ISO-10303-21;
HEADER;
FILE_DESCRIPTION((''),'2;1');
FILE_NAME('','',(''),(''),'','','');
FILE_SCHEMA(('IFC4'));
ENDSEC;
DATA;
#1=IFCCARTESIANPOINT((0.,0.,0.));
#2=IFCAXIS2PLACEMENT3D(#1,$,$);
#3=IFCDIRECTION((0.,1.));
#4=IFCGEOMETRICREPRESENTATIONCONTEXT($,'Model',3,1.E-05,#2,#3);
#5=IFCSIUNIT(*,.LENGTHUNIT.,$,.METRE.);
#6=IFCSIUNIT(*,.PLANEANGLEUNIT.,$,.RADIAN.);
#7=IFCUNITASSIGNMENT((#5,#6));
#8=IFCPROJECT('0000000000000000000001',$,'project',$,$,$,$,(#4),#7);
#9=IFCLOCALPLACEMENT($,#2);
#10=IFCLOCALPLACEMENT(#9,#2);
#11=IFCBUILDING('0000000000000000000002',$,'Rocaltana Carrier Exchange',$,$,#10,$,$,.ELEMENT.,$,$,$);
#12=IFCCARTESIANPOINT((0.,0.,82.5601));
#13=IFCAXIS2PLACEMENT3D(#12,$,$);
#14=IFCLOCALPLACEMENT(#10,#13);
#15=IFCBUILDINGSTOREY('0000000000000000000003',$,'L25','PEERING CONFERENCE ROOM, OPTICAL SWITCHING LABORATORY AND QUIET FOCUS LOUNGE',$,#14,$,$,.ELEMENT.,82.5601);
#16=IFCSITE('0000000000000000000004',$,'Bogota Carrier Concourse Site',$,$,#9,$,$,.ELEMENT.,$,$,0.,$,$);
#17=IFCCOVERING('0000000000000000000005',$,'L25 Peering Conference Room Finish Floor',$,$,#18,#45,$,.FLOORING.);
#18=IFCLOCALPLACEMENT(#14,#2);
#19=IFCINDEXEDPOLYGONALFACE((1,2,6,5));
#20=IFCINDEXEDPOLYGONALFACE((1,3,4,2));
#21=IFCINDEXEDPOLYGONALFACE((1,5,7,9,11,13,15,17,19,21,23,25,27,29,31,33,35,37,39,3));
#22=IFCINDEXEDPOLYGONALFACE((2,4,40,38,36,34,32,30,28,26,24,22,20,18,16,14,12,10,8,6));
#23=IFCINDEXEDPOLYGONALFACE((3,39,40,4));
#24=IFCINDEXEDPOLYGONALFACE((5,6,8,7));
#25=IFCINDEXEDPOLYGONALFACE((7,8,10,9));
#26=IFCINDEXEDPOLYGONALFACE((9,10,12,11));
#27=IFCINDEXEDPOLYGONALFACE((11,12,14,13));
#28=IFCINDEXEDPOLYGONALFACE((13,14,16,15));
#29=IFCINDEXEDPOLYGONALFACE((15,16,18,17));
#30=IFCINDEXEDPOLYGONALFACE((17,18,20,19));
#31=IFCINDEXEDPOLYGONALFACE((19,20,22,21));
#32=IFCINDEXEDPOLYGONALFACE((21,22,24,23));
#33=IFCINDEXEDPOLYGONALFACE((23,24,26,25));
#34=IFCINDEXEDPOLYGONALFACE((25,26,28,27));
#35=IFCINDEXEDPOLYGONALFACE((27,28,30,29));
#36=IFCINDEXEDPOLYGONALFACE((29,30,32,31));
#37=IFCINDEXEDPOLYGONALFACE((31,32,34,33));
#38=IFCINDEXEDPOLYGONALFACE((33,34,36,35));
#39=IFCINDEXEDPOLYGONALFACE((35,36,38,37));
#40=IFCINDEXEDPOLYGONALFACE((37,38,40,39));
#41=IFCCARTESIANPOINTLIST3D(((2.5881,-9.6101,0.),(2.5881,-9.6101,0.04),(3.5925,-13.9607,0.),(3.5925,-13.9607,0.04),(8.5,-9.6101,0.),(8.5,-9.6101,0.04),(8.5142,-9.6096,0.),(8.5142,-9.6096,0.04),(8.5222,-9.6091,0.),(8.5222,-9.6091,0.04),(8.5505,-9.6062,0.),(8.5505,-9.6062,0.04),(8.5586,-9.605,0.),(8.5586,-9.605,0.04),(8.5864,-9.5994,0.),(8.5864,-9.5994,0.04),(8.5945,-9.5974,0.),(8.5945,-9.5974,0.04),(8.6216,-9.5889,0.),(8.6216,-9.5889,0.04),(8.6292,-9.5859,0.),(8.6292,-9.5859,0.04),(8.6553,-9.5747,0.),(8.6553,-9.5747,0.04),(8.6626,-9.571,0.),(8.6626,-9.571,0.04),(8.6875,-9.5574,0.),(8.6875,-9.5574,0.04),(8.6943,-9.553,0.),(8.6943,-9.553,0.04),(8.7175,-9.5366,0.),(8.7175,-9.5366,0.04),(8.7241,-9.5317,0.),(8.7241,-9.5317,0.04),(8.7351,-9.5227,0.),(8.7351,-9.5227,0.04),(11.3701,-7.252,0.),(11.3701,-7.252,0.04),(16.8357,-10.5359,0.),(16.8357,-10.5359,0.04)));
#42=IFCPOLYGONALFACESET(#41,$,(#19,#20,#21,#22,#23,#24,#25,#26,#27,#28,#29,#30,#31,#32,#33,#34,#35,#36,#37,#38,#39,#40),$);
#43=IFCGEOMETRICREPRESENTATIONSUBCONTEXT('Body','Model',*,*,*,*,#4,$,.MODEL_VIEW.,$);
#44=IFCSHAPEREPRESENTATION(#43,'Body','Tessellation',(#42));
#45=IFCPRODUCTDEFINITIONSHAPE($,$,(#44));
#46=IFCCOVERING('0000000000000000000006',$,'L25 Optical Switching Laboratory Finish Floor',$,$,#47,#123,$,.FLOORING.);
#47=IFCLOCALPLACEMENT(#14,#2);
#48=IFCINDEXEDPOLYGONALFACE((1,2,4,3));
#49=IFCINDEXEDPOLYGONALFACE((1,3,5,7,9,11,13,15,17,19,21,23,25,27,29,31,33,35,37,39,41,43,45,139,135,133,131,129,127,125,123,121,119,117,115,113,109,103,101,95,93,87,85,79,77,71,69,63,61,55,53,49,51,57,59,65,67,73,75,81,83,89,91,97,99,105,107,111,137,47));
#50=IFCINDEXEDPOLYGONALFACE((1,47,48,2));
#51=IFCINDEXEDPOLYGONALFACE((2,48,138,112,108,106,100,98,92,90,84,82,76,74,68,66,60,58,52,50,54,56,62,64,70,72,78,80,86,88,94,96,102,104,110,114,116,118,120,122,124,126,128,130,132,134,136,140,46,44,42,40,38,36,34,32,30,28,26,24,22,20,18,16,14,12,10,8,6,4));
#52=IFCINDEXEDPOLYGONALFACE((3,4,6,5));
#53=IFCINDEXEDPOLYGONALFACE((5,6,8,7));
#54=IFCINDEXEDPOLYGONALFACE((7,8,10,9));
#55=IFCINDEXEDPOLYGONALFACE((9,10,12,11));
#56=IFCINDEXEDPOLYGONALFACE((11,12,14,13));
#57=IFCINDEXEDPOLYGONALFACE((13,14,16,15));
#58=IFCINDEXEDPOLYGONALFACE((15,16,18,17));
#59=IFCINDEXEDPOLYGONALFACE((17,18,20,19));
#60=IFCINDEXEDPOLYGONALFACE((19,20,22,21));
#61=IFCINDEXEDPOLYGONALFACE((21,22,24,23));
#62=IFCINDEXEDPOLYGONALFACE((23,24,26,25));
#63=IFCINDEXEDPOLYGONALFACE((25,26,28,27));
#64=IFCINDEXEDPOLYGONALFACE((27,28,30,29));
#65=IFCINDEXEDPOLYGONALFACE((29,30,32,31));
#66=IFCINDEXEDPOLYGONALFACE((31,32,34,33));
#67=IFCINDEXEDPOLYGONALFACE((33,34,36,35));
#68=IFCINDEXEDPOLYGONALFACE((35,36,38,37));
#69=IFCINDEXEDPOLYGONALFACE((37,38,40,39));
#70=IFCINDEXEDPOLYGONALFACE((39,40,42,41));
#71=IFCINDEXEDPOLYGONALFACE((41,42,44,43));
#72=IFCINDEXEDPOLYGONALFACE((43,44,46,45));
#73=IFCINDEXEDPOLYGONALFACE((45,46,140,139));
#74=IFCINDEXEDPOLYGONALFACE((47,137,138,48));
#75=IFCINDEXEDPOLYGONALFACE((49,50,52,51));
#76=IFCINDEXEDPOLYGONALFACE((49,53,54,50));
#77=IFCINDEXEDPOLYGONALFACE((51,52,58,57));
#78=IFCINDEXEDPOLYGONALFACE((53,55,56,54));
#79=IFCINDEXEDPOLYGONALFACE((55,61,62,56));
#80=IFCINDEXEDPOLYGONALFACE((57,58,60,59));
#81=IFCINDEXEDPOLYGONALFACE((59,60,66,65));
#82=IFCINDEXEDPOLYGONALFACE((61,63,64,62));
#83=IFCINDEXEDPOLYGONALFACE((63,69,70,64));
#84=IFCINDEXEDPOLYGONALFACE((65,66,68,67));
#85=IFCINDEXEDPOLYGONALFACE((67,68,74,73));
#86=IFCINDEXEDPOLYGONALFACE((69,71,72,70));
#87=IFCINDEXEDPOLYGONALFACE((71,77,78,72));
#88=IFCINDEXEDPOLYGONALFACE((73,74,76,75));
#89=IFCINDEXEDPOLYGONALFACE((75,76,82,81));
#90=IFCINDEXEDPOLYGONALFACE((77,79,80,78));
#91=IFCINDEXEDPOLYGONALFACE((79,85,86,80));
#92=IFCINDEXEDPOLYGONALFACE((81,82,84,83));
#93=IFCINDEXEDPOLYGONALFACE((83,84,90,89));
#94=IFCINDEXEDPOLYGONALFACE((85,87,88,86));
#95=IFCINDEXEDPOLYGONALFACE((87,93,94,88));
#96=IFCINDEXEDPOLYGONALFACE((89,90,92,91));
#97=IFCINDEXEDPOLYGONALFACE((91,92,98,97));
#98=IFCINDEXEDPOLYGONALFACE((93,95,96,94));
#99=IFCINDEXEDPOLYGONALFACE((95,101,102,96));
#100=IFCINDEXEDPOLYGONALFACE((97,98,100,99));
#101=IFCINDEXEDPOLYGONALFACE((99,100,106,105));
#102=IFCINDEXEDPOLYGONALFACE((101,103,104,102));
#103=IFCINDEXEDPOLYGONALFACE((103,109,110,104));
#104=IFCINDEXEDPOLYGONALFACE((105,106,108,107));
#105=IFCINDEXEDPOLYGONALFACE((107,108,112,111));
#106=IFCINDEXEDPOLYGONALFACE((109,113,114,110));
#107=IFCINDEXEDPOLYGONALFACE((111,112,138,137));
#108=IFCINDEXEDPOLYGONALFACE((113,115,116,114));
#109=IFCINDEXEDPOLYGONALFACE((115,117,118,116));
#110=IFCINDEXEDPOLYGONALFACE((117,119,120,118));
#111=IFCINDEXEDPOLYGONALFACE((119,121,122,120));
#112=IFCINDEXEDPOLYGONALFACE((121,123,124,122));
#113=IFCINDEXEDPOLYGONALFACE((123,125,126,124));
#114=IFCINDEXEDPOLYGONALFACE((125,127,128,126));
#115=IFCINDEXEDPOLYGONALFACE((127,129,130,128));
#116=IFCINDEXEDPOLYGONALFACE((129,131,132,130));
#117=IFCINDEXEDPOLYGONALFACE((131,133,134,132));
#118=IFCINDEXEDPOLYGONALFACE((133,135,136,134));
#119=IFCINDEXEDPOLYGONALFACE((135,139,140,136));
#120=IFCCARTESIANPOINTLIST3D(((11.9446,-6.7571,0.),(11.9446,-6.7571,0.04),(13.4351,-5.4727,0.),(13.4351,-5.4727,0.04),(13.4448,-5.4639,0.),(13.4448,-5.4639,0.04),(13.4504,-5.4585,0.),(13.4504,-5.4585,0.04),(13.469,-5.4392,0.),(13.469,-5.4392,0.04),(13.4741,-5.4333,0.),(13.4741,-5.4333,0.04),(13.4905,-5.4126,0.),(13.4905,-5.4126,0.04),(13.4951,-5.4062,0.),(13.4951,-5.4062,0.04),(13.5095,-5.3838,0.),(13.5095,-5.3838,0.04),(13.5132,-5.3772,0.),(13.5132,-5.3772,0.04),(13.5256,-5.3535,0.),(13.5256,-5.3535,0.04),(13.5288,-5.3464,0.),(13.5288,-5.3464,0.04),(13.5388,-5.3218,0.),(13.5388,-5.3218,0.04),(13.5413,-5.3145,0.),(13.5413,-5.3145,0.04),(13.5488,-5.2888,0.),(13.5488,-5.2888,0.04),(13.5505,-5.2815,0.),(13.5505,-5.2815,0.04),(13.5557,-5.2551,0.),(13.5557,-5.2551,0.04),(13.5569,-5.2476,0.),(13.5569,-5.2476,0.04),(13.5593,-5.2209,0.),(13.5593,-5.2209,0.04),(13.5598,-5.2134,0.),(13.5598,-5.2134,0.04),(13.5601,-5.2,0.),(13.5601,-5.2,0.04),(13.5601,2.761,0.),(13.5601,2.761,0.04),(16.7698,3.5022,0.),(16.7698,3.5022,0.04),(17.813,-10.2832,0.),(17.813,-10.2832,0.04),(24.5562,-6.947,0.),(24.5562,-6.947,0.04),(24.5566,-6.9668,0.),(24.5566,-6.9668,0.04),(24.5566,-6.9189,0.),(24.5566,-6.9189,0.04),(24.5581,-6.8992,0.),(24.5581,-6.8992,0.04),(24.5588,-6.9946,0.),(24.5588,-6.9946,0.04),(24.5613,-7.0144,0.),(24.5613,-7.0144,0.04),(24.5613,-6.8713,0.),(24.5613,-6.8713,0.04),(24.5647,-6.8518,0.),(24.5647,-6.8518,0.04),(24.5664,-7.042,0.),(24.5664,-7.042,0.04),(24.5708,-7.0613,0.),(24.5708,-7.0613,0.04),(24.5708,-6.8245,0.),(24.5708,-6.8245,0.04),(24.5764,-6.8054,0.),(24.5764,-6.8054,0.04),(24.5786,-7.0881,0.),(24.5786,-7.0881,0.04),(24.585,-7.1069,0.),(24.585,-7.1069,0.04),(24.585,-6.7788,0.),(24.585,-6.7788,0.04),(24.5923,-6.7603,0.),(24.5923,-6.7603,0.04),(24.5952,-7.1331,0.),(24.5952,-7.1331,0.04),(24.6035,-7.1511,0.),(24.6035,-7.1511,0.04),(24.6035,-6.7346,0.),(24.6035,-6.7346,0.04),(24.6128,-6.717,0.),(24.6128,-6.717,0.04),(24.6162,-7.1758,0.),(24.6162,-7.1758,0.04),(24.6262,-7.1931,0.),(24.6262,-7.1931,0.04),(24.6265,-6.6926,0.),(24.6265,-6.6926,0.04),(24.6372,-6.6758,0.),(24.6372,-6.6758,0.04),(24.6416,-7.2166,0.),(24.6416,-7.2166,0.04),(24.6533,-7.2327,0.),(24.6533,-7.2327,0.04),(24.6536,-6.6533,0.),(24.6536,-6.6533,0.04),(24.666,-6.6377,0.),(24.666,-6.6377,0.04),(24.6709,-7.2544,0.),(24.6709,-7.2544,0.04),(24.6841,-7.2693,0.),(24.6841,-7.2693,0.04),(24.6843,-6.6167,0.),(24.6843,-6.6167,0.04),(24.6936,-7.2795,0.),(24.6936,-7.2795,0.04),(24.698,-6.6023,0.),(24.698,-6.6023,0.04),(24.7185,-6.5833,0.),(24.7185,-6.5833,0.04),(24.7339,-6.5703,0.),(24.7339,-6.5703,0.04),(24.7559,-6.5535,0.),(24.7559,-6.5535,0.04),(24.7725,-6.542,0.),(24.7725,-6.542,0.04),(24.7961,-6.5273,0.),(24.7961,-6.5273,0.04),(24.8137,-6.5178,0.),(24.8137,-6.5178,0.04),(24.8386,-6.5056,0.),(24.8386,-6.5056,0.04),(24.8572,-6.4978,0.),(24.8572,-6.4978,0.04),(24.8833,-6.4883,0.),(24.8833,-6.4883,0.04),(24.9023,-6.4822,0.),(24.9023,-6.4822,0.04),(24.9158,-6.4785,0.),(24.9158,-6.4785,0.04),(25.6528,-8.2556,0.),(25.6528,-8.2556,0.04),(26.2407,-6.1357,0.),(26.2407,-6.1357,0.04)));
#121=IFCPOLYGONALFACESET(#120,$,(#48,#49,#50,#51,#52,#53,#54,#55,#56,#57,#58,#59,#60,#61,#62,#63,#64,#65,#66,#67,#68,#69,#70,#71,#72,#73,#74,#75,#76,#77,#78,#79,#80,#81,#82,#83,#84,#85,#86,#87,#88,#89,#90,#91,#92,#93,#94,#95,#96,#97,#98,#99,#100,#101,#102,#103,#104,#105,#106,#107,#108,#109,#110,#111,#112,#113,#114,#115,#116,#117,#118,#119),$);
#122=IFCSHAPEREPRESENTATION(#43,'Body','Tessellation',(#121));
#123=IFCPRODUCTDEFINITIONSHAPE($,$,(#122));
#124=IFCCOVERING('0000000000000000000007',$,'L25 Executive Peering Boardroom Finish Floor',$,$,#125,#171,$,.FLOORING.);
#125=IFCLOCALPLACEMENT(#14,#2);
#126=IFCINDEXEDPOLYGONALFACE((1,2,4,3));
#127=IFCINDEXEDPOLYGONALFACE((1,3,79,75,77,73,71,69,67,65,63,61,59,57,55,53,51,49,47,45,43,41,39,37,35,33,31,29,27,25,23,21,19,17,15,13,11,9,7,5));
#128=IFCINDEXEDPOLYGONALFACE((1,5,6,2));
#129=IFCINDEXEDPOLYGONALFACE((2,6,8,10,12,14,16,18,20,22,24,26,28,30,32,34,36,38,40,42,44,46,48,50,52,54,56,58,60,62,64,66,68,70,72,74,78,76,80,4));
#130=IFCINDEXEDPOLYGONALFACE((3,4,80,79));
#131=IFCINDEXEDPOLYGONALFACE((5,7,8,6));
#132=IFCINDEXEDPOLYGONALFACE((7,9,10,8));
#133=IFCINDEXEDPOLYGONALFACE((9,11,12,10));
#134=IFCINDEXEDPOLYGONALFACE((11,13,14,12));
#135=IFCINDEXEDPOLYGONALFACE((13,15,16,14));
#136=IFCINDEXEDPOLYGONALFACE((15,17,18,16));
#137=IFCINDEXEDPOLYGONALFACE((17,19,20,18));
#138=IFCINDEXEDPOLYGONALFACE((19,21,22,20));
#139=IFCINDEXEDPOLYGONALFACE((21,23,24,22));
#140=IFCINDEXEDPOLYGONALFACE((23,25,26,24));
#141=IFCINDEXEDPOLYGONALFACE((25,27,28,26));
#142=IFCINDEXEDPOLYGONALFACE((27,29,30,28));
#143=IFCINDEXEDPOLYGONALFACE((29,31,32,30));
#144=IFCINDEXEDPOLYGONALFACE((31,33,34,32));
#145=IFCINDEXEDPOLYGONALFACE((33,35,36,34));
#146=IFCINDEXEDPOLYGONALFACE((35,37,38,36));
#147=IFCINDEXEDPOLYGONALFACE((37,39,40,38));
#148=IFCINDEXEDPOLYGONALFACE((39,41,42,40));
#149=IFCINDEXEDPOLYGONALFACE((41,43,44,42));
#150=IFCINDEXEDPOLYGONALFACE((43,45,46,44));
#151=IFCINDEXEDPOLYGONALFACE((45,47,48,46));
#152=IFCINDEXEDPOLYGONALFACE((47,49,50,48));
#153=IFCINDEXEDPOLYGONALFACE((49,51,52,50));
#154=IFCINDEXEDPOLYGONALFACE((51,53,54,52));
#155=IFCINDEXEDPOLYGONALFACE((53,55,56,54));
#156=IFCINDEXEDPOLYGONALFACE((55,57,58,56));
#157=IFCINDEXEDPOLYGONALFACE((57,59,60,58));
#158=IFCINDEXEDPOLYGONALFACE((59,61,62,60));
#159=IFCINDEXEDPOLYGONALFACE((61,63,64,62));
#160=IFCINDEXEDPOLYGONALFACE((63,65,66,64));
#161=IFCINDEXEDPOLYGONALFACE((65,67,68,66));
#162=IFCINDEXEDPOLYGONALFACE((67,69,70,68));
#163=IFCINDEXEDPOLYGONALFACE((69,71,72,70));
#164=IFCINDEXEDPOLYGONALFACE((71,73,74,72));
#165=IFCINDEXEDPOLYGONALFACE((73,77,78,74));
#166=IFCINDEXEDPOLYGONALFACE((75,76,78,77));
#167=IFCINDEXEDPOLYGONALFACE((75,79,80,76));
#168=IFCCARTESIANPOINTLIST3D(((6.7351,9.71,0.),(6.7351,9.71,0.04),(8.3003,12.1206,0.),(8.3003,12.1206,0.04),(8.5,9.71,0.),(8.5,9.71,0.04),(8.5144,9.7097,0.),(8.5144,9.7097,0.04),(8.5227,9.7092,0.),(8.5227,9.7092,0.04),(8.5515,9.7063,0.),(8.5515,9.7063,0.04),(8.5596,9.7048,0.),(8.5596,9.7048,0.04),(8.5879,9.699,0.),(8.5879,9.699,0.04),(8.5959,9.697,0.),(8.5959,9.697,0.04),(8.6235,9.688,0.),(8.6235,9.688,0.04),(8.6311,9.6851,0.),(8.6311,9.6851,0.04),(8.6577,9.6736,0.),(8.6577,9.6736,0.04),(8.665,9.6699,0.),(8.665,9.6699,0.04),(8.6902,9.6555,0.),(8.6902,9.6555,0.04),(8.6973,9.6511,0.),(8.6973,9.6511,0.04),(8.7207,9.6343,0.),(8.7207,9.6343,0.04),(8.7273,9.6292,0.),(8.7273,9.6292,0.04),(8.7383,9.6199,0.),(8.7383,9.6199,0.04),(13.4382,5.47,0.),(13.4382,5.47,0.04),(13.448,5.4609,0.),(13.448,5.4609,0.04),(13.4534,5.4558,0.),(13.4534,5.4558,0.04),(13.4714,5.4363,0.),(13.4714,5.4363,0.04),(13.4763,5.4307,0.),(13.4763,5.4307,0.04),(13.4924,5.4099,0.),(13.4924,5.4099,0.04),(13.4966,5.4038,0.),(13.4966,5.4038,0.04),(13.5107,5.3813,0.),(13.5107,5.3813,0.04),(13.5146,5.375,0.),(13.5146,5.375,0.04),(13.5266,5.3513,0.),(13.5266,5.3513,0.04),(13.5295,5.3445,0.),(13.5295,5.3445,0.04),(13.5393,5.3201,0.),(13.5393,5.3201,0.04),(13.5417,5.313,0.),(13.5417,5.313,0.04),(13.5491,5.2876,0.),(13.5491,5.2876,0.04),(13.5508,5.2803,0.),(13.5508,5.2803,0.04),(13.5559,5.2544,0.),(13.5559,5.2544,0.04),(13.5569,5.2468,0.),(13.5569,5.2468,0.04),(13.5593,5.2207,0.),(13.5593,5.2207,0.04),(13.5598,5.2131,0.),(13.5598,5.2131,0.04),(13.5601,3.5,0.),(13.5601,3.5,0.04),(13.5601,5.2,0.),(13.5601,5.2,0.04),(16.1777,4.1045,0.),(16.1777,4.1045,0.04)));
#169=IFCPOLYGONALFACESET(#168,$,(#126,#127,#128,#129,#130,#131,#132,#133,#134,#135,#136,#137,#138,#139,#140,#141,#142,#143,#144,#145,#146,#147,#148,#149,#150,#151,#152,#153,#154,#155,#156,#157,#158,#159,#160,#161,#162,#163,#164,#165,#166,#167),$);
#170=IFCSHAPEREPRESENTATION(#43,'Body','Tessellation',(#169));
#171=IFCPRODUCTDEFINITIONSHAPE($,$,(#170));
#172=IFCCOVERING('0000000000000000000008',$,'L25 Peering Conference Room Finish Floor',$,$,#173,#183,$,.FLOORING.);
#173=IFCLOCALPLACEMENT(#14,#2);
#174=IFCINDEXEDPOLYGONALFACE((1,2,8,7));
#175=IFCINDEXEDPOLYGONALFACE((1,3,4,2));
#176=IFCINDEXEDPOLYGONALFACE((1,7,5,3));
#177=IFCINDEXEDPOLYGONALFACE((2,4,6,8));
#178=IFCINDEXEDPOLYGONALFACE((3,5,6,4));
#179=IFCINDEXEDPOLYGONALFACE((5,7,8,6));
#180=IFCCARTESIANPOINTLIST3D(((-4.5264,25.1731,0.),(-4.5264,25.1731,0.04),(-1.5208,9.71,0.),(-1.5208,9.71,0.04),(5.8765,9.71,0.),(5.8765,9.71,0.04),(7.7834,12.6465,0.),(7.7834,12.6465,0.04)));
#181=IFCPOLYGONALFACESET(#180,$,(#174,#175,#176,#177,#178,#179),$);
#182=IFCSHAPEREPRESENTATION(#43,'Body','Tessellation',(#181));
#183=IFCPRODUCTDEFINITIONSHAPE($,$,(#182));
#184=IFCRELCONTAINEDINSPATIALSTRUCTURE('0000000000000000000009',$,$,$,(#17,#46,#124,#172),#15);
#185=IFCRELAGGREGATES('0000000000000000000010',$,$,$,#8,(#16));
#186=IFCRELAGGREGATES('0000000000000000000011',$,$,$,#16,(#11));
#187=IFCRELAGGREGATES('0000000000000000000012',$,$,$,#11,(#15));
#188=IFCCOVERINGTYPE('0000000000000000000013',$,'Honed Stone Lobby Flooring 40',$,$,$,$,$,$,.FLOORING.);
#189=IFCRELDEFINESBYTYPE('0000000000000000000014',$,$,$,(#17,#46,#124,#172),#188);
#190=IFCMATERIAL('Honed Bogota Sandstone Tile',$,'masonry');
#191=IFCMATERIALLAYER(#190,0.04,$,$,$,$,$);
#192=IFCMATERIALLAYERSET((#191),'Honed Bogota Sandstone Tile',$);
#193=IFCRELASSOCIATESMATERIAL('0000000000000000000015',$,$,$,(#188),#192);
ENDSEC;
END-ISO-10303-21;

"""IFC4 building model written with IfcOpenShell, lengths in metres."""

from ifc_helpers import new_model, si_unit, direction, frame, origin, place, context, subcontext, project, spatial, polyline, outline, extrude, material, layer, layer_set, type_object, element, save


model = new_model("IFC4")

# Units and contexts
model_context = context("Model", 3, precision=1e-05, world=origin(), true_north=direction((0.0, 1.0)))
body_context = subcontext(model_context, "Body", "Model", "MODEL_VIEW")
ifc_project = project(units=[si_unit("LENGTHUNIT", "METRE"), si_unit("PLANEANGLEUNIT", "RADIAN")], contexts=[model_context])

# Site, building, storey
site_placement = place(None, origin())
site = spatial("IfcSite", under=ifc_project, at=site_placement, Name="Bogota Carrier Concourse Site", CompositionType="ELEMENT", RefElevation=0.0)
building_placement = place(site_placement, origin())
building = spatial("IfcBuilding", under=site, at=building_placement, Name="Rocaltana Carrier Exchange", CompositionType="ELEMENT")
storey_placement = place(building_placement, frame((0.0, 0.0, 82.5601)))
storey = spatial("IfcBuildingStorey", under=building, at=storey_placement, Name="L25", Description="PEERING CONFERENCE ROOM, OPTICAL SWITCHING LABORATORY AND QUIET FOCUS LOUNGE", CompositionType="ELEMENT", Elevation=82.5601)

# Coverings
ifc_material_1 = material(Name="Honed Bogota Sandstone Tile", Category="masonry")
ifc_layer_1 = layer(ifc_material_1, 0.04)
ifc_layer_set_1 = layer_set([ifc_layer_1], Name="Honed Bogota Sandstone Tile")
covering_type_1 = type_object("IfcCoveringType", Name="Honed Stone Lobby Flooring 40", PredefinedType="FLOORING", material=ifc_layer_set_1)
covering_1_placement = place(storey_placement, origin())
element("IfcCovering", 1, at=covering_1_placement, inside=storey, type_object=covering_type_1, Name="L25 Peering Conference Room Finish Floor", PredefinedType="FLOORING", context=body_context, shape_type="SweptSolid", body=[
    extrude(outline(polyline([(3.5925, -13.9607), (2.5881, -9.6101), (8.5, -9.6101), (8.5142, -9.6096), (8.5222, -9.6091), (8.5505, -9.6062), (8.5586, -9.605), (8.5864, -9.5994), (8.5945, -9.5974), (8.6216, -9.5889), (8.6292, -9.5859), (8.6553, -9.5747), (8.6626, -9.571), (8.6875, -9.5574), (8.6943, -9.553), (8.7175, -9.5366), (8.7241, -9.5317), (8.7351, -9.5227), (11.3701, -7.252), (16.8357, -10.5359), (3.5925, -13.9607)])), origin(), (0.0, 0.0, 1.0), 0.04),
])
covering_2_placement = place(storey_placement, origin())
element("IfcCovering", 2, at=covering_2_placement, inside=storey, type_object=covering_type_1, Name="L25 Optical Switching Laboratory Finish Floor", PredefinedType="FLOORING", context=body_context, shape_type="SweptSolid", body=[
    extrude(outline(polyline([(26.2407, -6.1357), (24.9158, -6.4785), (24.9023, -6.4822), (24.8833, -6.4883), (24.8572, -6.4978), (24.8386, -6.5056), (24.8137, -6.5178), (24.7961, -6.5273), (24.7725, -6.542), (24.7559, -6.5535), (24.7339, -6.5703), (24.7185, -6.5833), (24.698, -6.6023), (24.6843, -6.6167), (24.666, -6.6377), (24.6536, -6.6533), (24.6372, -6.6758), (24.6265, -6.6926), (24.6128, -6.717), (24.6035, -6.7346), (24.5923, -6.7603), (24.585, -6.7788), (24.5764, -6.8054), (24.5708, -6.8245), (24.5647, -6.8518), (24.5613, -6.8713), (24.5581, -6.8992), (24.5566, -6.9189), (24.5562, -6.947), (24.5566, -6.9668), (24.5588, -6.9946), (24.5613, -7.0144), (24.5664, -7.042), (24.5708, -7.0613), (24.5786, -7.0881), (24.585, -7.1069), (24.5952, -7.1331), (24.6035, -7.1511), (24.6162, -7.1758), (24.6262, -7.1931), (24.6416, -7.2166), (24.6533, -7.2327), (24.6709, -7.2544), (24.6841, -7.2693), (24.6936, -7.2795), (25.6528, -8.2556), (17.813, -10.2832), (11.9446, -6.7571), (13.4351, -5.4727), (13.4448, -5.4639), (13.4504, -5.4585), (13.469, -5.4392), (13.4741, -5.4333), (13.4905, -5.4126), (13.4951, -5.4062), (13.5095, -5.3838), (13.5132, -5.3772), (13.5256, -5.3535), (13.5288, -5.3464), (13.5388, -5.3218), (13.5413, -5.3145), (13.5488, -5.2888), (13.5505, -5.2815), (13.5557, -5.2551), (13.5569, -5.2476), (13.5593, -5.2209), (13.5598, -5.2134), (13.5601, -5.2), (13.5601, 2.761), (16.7698, 3.5022), (26.2407, -6.1357)])), origin(), (0.0, 0.0, 1.0), 0.04),
])
covering_3_placement = place(storey_placement, origin())
element("IfcCovering", 3, at=covering_3_placement, inside=storey, type_object=covering_type_1, Name="L25 Executive Peering Boardroom Finish Floor", PredefinedType="FLOORING", context=body_context, shape_type="SweptSolid", body=[
    extrude(outline(polyline([(16.1777, 4.1045), (13.5601, 3.5), (13.5601, 5.2), (13.5598, 5.2131), (13.5593, 5.2207), (13.5569, 5.2468), (13.5559, 5.2544), (13.5508, 5.2803), (13.5491, 5.2876), (13.5417, 5.313), (13.5393, 5.3201), (13.5295, 5.3445), (13.5266, 5.3513), (13.5146, 5.375), (13.5107, 5.3813), (13.4966, 5.4038), (13.4924, 5.4099), (13.4763, 5.4307), (13.4714, 5.4363), (13.4534, 5.4558), (13.448, 5.4609), (13.4382, 5.47), (8.7383, 9.6199), (8.7273, 9.6292), (8.7207, 9.6343), (8.6973, 9.6511), (8.6902, 9.6555), (8.665, 9.6699), (8.6577, 9.6736), (8.6311, 9.6851), (8.6235, 9.688), (8.5959, 9.697), (8.5879, 9.699), (8.5596, 9.7048), (8.5515, 9.7063), (8.5227, 9.7092), (8.5144, 9.7097), (8.5, 9.71), (6.7351, 9.71), (8.3003, 12.1206), (16.1777, 4.1045)])), origin(), (0.0, 0.0, 1.0), 0.04),
])
covering_4_placement = place(storey_placement, origin())
element("IfcCovering", 4, at=covering_4_placement, inside=storey, type_object=covering_type_1, Name="L25 Peering Conference Room Finish Floor", PredefinedType="FLOORING", context=body_context, shape_type="SweptSolid", body=[
    extrude(outline(polyline([(7.7834, 12.6465), (5.8765, 9.71), (-1.5208, 9.71), (-4.5264, 25.1731), (7.7834, 12.6465)])), origin(), (0.0, 0.0, 1.0), 0.04),
])

save(model, "model.ifc")
